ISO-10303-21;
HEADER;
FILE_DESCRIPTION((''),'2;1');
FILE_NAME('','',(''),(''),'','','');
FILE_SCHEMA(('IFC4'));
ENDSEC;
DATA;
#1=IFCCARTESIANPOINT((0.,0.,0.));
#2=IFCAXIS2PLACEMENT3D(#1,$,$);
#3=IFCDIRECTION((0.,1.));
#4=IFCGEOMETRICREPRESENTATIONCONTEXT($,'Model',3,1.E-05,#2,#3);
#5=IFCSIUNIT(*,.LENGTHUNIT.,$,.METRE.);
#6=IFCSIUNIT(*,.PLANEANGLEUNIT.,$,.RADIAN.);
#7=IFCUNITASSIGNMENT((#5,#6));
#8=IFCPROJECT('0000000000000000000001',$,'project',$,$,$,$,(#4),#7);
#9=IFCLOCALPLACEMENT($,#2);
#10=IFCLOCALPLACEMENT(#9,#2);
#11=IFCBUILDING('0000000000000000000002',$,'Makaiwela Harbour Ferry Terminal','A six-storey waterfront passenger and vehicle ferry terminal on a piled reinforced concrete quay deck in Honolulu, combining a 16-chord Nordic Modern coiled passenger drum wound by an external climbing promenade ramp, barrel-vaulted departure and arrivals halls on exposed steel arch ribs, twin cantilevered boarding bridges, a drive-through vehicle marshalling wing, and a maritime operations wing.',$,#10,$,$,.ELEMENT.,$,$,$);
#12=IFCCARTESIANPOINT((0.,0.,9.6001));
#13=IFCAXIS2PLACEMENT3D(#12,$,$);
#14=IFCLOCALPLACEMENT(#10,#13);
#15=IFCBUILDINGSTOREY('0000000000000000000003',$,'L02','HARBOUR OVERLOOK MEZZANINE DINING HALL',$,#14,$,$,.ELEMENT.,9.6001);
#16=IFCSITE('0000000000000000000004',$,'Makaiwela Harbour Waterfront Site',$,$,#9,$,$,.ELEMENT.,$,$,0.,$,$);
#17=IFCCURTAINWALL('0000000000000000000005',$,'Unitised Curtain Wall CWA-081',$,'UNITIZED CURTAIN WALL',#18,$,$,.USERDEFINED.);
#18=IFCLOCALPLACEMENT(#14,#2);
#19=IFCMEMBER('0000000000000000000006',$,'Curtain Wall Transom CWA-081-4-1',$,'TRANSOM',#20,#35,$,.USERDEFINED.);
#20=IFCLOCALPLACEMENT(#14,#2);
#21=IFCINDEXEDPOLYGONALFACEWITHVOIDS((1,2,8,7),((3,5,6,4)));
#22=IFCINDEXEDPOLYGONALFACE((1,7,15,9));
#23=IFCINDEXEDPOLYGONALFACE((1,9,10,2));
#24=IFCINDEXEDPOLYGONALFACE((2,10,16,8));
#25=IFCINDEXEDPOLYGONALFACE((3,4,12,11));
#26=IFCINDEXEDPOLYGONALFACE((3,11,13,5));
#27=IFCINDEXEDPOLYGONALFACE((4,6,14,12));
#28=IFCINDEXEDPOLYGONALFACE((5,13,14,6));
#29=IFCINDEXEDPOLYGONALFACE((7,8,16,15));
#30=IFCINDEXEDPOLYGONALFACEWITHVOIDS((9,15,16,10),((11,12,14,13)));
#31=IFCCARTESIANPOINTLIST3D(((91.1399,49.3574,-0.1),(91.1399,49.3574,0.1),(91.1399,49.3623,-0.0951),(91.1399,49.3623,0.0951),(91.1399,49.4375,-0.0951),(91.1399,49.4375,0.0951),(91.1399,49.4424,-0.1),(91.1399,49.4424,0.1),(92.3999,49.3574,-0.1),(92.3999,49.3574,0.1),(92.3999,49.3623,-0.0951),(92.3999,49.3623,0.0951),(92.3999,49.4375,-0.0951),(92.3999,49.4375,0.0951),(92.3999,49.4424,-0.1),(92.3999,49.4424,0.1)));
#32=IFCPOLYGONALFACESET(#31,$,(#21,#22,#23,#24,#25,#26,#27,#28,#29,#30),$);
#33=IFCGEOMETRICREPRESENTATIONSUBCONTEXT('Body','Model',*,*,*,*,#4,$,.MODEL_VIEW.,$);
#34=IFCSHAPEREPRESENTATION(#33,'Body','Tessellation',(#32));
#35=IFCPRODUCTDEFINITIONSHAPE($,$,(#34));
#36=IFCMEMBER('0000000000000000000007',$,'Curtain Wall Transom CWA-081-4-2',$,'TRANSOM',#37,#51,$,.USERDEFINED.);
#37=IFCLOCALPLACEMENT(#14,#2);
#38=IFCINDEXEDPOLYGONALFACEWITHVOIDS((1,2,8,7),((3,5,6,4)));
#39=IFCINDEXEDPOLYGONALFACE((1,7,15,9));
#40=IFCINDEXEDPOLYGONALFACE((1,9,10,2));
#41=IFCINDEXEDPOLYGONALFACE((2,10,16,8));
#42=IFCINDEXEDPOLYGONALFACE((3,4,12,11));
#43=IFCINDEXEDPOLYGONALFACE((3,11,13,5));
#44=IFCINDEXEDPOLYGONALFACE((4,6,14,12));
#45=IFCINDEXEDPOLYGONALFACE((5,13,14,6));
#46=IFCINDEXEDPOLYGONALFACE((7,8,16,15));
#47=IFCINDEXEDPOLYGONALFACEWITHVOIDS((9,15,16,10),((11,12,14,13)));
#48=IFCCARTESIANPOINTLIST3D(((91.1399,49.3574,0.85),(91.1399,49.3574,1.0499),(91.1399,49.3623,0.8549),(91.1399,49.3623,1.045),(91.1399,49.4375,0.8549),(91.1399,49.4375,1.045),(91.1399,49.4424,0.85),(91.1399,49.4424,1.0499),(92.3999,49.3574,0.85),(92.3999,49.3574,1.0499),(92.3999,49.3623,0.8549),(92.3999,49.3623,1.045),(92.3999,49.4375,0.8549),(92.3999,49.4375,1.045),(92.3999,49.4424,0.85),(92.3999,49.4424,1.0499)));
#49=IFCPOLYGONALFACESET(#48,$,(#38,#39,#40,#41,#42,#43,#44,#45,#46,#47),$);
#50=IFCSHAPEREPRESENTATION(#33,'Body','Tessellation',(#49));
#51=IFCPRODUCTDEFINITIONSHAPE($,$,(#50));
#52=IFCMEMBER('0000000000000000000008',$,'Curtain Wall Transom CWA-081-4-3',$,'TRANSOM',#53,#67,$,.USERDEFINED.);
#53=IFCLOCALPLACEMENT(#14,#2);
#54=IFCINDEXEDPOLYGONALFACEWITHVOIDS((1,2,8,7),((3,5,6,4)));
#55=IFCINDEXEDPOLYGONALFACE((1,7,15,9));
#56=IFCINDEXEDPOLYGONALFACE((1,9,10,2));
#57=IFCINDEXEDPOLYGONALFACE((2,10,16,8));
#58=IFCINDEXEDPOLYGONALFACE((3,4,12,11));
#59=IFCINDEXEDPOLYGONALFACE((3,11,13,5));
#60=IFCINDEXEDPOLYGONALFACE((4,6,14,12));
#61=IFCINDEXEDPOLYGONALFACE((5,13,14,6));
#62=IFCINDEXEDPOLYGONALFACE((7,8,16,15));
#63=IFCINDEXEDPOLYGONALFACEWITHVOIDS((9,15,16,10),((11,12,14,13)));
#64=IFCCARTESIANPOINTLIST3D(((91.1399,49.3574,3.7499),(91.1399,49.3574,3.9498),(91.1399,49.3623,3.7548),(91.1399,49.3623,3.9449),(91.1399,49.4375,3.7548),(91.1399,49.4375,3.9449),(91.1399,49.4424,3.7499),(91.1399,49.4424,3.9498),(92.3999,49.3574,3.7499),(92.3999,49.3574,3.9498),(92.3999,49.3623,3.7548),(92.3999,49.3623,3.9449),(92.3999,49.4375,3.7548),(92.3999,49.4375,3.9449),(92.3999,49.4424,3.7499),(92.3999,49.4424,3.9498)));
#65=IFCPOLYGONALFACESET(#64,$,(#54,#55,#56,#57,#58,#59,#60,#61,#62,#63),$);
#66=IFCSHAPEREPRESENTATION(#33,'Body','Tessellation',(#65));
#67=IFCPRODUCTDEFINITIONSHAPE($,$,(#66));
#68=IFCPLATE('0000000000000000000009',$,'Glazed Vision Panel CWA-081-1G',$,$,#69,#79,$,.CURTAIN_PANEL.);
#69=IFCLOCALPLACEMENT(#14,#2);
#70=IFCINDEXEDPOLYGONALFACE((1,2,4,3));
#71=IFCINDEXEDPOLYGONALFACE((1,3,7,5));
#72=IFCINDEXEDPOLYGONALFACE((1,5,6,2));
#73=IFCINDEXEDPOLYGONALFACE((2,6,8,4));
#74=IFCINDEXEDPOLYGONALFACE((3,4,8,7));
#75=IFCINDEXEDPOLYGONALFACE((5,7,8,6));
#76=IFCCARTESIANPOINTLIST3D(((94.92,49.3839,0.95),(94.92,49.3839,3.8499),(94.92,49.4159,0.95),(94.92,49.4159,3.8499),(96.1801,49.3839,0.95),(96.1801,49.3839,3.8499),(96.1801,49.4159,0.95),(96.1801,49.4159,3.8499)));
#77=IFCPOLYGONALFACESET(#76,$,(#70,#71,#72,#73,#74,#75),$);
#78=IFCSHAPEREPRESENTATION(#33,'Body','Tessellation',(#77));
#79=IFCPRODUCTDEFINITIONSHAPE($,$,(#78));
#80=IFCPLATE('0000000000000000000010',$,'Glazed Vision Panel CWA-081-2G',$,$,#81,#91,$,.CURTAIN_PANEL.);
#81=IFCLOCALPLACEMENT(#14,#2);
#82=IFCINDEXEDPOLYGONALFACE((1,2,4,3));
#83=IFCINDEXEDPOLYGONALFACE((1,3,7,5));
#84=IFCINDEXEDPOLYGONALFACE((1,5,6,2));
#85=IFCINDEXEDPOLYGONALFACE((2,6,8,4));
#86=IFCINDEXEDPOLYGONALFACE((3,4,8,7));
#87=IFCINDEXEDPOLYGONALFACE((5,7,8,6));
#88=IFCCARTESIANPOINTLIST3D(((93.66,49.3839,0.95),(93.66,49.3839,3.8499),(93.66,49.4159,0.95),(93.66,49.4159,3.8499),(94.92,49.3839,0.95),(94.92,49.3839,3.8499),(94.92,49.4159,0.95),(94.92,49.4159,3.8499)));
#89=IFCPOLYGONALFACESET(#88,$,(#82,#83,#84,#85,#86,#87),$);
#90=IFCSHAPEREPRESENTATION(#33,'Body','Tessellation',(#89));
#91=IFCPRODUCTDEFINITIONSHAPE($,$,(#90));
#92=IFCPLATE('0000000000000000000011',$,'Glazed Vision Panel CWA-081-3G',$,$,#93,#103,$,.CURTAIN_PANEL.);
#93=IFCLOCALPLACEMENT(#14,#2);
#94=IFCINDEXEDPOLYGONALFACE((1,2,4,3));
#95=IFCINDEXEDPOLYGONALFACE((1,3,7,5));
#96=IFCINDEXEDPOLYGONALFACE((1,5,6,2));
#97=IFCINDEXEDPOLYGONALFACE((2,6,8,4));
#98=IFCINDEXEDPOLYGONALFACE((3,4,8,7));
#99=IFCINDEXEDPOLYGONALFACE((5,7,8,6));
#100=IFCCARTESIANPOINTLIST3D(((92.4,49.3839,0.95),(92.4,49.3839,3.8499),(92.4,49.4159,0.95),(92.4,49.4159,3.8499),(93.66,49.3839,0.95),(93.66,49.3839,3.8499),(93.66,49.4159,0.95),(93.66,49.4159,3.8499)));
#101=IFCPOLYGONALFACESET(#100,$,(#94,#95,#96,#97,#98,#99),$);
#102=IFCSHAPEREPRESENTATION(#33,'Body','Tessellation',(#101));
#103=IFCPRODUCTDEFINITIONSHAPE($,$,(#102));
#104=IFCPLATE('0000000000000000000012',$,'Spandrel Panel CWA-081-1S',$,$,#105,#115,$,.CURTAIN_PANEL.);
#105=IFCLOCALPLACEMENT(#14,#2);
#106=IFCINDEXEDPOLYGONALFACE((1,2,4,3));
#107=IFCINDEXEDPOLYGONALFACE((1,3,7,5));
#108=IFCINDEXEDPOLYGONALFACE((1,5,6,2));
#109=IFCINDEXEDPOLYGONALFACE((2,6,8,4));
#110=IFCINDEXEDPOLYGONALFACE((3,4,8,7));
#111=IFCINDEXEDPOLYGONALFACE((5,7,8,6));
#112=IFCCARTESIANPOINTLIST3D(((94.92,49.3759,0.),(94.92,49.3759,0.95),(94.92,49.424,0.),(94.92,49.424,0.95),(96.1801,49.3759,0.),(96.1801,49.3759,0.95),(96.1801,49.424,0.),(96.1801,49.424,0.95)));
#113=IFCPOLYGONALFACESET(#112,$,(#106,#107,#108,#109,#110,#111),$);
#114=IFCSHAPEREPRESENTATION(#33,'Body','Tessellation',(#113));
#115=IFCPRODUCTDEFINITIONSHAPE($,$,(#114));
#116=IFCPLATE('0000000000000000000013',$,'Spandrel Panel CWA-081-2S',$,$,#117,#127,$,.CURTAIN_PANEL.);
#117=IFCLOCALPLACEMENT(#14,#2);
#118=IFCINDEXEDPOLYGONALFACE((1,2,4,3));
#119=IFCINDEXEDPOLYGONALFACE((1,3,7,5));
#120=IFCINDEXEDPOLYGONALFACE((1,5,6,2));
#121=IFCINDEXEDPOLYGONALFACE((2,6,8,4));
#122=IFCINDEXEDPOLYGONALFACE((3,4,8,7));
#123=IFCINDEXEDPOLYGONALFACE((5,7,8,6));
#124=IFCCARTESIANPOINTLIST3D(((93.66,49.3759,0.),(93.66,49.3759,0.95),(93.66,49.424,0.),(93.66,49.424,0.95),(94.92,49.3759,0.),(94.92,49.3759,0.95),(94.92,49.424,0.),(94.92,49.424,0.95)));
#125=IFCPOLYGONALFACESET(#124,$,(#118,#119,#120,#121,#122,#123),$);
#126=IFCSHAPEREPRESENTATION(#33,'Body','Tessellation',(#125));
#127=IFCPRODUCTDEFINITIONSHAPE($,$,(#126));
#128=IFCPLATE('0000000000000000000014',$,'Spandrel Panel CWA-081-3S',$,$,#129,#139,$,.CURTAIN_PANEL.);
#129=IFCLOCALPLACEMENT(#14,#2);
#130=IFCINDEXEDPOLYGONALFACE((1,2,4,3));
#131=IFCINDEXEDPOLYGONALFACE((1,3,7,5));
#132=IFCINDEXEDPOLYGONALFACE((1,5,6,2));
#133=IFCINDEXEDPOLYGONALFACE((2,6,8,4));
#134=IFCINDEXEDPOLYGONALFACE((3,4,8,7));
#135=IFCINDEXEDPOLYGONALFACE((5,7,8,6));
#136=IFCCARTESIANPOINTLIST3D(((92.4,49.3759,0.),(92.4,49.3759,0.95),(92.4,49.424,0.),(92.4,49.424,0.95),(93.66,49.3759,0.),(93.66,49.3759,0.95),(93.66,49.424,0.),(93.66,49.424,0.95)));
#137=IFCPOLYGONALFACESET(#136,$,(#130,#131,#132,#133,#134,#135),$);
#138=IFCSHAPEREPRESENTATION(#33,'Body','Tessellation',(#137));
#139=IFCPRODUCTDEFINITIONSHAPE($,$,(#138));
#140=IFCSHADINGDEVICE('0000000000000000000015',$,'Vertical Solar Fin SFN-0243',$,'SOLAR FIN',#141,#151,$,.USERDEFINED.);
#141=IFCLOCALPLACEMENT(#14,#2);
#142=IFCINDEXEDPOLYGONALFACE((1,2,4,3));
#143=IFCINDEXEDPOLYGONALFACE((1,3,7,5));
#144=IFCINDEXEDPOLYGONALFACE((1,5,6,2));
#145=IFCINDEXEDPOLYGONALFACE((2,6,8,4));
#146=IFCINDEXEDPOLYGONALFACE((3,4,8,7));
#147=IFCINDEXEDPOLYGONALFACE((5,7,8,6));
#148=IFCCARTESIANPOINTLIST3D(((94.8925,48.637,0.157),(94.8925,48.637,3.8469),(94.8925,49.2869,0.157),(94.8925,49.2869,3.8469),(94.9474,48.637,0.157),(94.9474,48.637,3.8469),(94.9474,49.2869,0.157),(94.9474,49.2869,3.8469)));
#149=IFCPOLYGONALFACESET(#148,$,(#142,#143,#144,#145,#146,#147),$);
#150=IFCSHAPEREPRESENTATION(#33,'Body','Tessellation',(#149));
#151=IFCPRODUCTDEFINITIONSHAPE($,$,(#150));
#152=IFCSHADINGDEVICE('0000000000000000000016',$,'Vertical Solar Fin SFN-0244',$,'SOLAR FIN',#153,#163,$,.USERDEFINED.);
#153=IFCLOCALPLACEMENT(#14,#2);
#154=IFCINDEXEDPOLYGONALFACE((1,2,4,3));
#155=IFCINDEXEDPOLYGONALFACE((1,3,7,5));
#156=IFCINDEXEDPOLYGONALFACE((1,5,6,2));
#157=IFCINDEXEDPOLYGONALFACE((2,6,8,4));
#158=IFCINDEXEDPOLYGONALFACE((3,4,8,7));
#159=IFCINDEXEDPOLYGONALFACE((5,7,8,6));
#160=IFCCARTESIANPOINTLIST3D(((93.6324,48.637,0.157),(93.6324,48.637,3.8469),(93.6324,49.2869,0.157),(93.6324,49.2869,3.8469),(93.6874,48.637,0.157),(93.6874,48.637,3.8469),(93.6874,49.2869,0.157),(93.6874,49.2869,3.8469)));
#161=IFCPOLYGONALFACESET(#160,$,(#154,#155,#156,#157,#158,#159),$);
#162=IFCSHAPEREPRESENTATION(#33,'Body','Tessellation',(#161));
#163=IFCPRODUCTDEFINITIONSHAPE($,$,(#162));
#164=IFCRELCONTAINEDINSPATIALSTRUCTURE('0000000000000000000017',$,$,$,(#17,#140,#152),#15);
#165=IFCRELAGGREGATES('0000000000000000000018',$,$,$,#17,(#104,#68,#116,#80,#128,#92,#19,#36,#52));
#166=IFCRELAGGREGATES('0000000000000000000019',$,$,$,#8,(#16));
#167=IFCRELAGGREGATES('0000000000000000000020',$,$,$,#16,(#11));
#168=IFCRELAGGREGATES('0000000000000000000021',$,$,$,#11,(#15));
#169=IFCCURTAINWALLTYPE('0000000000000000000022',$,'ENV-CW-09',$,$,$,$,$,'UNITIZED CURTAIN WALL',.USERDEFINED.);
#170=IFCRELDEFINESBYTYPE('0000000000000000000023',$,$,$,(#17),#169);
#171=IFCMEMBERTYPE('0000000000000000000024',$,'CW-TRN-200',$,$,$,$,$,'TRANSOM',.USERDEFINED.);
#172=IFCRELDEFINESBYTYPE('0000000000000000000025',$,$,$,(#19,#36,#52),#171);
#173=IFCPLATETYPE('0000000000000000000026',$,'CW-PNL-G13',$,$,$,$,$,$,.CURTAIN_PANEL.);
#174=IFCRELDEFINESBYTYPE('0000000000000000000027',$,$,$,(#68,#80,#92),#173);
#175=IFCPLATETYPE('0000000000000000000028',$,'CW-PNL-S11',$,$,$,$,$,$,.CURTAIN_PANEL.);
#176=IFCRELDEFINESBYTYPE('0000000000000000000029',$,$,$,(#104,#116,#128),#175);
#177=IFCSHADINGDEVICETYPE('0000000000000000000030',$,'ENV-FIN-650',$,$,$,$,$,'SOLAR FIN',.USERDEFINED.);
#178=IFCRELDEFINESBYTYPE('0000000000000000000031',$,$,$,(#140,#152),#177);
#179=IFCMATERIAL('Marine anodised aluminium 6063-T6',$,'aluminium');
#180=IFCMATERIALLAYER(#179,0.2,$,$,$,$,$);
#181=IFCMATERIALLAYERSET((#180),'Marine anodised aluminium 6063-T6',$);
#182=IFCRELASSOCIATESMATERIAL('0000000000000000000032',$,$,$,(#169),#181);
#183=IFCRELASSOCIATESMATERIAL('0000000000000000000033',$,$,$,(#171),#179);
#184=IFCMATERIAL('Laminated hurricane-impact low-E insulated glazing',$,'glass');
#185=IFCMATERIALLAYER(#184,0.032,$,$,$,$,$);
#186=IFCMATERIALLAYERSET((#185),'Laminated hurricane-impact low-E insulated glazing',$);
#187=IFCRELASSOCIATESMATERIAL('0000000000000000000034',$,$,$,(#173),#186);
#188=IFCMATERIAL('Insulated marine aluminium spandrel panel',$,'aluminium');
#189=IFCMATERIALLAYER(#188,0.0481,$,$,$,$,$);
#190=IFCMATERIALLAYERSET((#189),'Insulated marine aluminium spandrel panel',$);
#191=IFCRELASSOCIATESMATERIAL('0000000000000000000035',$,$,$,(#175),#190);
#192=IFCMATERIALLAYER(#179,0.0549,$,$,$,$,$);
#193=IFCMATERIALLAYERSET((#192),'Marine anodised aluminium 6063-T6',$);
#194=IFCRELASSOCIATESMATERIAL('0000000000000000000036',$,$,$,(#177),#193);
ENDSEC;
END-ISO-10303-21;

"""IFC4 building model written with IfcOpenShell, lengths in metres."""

from ifc_helpers import new_model, si_unit, direction, frame, origin, origin_2d, place, context, subcontext, project, spatial, rectangle, hollow_rectangle, extrude, material, layer, layer_set, material_profile, profile_set, type_object, element, aggregate, save


model = new_model("IFC4")

# Units and contexts
model_context = context("Model", 3, precision=1e-05, world=origin(), true_north=direction((0.0, 1.0)))
body_context = subcontext(model_context, "Body", "Model", "MODEL_VIEW")
ifc_project = project(units=[si_unit("LENGTHUNIT", "METRE"), si_unit("PLANEANGLEUNIT", "RADIAN")], contexts=[model_context])

# Site, building, storey
site_placement = place(None, origin())
site = spatial("IfcSite", under=ifc_project, at=site_placement, Name="Makaiwela Harbour Waterfront Site", CompositionType="ELEMENT", RefElevation=0.0)
building_placement = place(site_placement, origin())
building = spatial("IfcBuilding", under=site, at=building_placement, Name="Makaiwela Harbour Ferry Terminal", Description="A six-storey waterfront passenger and vehicle ferry terminal on a piled reinforced concrete quay deck in Honolulu, combining a 16-chord Nordic Modern coiled passenger drum wound by an external climbing promenade ramp, barrel-vaulted departure and arrivals halls on exposed steel arch ribs, twin cantilevered boarding bridges, a drive-through vehicle marshalling wing, and a maritime operations wing.", CompositionType="ELEMENT")
storey_placement = place(building_placement, frame((0.0, 0.0, 9.6001)))
storey = spatial("IfcBuildingStorey", under=building, at=storey_placement, Name="L02", Description="HARBOUR OVERLOOK MEZZANINE DINING HALL", CompositionType="ELEMENT", Elevation=9.6001)

# Curtain wall, members, plates
ifc_material_1 = material(Name="Marine anodised aluminium 6063-T6", Category="aluminium")
ifc_layer_1 = layer(ifc_material_1, 0.2)
ifc_layer_set_1 = layer_set([ifc_layer_1], Name="Marine anodised aluminium 6063-T6")
curtain_wall_type = type_object("IfcCurtainWallType", Name="ENV-CW-09", ElementType="UNITIZED CURTAIN WALL", PredefinedType="USERDEFINED", material=ifc_layer_set_1)
curtain_wall_placement = place(storey_placement, origin())
curtain_wall = element("IfcCurtainWall", 1, at=curtain_wall_placement, inside=storey, type_object=curtain_wall_type, Name="Unitised Curtain Wall CWA-081", ObjectType="UNITIZED CURTAIN WALL", PredefinedType="USERDEFINED")
ifc_material_profile_1 = material_profile(ifc_material_1, hollow_rectangle(XDim=0.085, YDim=0.2, WallThickness=0.0049, at=origin_2d()), Name="CWT-200X85")
ifc_profile_set_1 = profile_set([ifc_material_profile_1], Name="Marine anodised aluminium 6063-T6")
member_type_1 = type_object("IfcMemberType", Name="CW-TRN-200", ElementType="TRANSOM", PredefinedType="USERDEFINED", material=ifc_profile_set_1)
member_1_placement = place(storey_placement, frame((92.3999, 49.3999, 0.0), z_axis=(-1.0, 0.0, 0.0), x_axis=(0.0, -1.0, 0.0)))
member_1 = element("IfcMember", 2, at=member_1_placement, type_object=member_type_1, Name="Curtain Wall Transom CWA-081-4-1", ObjectType="TRANSOM", PredefinedType="USERDEFINED", context=body_context, shape_type="SweptSolid", body=[
    extrude(hollow_rectangle(XDim=0.085, YDim=0.2, WallThickness=0.0049, at=origin_2d()), origin(), (0.0, 0.0, 1.0), 1.26),
])
member_2_placement = place(storey_placement, frame((92.3999, 49.3999, 0.95), z_axis=(-1.0, 0.0, 0.0), x_axis=(0.0, -1.0, 0.0)))
member_2 = element("IfcMember", 3, at=member_2_placement, type_object=member_type_1, Name="Curtain Wall Transom CWA-081-4-2", ObjectType="TRANSOM", PredefinedType="USERDEFINED", context=body_context, shape_type="SweptSolid", body=[
    extrude(hollow_rectangle(XDim=0.085, YDim=0.2, WallThickness=0.0049, at=origin_2d()), origin(), (0.0, 0.0, 1.0), 1.26),
])
member_3_placement = place(storey_placement, frame((92.3999, 49.3999, 3.8499), z_axis=(-1.0, 0.0, 0.0), x_axis=(0.0, -1.0, 0.0)))
member_3 = element("IfcMember", 4, at=member_3_placement, type_object=member_type_1, Name="Curtain Wall Transom CWA-081-4-3", ObjectType="TRANSOM", PredefinedType="USERDEFINED", context=body_context, shape_type="SweptSolid", body=[
    extrude(hollow_rectangle(XDim=0.085, YDim=0.2, WallThickness=0.0049, at=origin_2d()), origin(), (0.0, 0.0, 1.0), 1.26),
])
ifc_material_2 = material(Name="Laminated hurricane-impact low-E insulated glazing", Category="glass")
ifc_layer_2 = layer(ifc_material_2, 0.032)
ifc_layer_set_2 = layer_set([ifc_layer_2], Name="Laminated hurricane-impact low-E insulated glazing")
plate_type_1 = type_object("IfcPlateType", Name="CW-PNL-G13", PredefinedType="CURTAIN_PANEL", material=ifc_layer_set_2)
plate_1_placement = place(storey_placement, frame((95.55, 49.3999, 0.95), z_axis=(0.0, 0.0, 1.0), x_axis=(-1.0, 0.0, 0.0)))
plate_1 = element("IfcPlate", 5, at=plate_1_placement, type_object=plate_type_1, Name="Glazed Vision Panel CWA-081-1G", PredefinedType="CURTAIN_PANEL", context=body_context, shape_type="SweptSolid", body=[
    extrude(rectangle(XDim=1.26, YDim=0.032, at=origin_2d()), origin(), (0.0, 0.0, 1.0), 2.8999),
])
plate_2_placement = place(storey_placement, frame((94.29, 49.3999, 0.95), z_axis=(0.0, 0.0, 1.0), x_axis=(-1.0, 0.0, 0.0)))
plate_2 = element("IfcPlate", 6, at=plate_2_placement, type_object=plate_type_1, Name="Glazed Vision Panel CWA-081-2G", PredefinedType="CURTAIN_PANEL", context=body_context, shape_type="SweptSolid", body=[
    extrude(rectangle(XDim=1.26, YDim=0.032, at=origin_2d()), origin(), (0.0, 0.0, 1.0), 2.8999),
])
plate_3_placement = place(storey_placement, frame((93.03, 49.3999, 0.95), z_axis=(0.0, 0.0, 1.0), x_axis=(-1.0, 0.0, 0.0)))
plate_3 = element("IfcPlate", 7, at=plate_3_placement, type_object=plate_type_1, Name="Glazed Vision Panel CWA-081-3G", PredefinedType="CURTAIN_PANEL", context=body_context, shape_type="SweptSolid", body=[
    extrude(rectangle(XDim=1.26, YDim=0.032, at=origin_2d()), origin(), (0.0, 0.0, 1.0), 2.8999),
])
ifc_material_3 = material(Name="Insulated marine aluminium spandrel panel", Category="aluminium")
ifc_layer_3 = layer(ifc_material_3, 0.0481)
ifc_layer_set_3 = layer_set([ifc_layer_3], Name="Insulated marine aluminium spandrel panel")
plate_type_2 = type_object("IfcPlateType", Name="CW-PNL-S11", PredefinedType="CURTAIN_PANEL", material=ifc_layer_set_3)
plate_4_placement = place(storey_placement, frame((95.55, 49.3999, 0.0), z_axis=(0.0, 0.0, 1.0), x_axis=(-1.0, 0.0, 0.0)))
plate_4 = element("IfcPlate", 8, at=plate_4_placement, type_object=plate_type_2, Name="Spandrel Panel CWA-081-1S", PredefinedType="CURTAIN_PANEL", context=body_context, shape_type="SweptSolid", body=[
    extrude(rectangle(XDim=1.26, YDim=0.0481, at=origin_2d()), origin(), (0.0, 0.0, 1.0), 0.95),
])
plate_5_placement = place(storey_placement, frame((94.29, 49.3999, 0.0), z_axis=(0.0, 0.0, 1.0), x_axis=(-1.0, 0.0, 0.0)))
plate_5 = element("IfcPlate", 9, at=plate_5_placement, type_object=plate_type_2, Name="Spandrel Panel CWA-081-2S", PredefinedType="CURTAIN_PANEL", context=body_context, shape_type="SweptSolid", body=[
    extrude(rectangle(XDim=1.26, YDim=0.0481, at=origin_2d()), origin(), (0.0, 0.0, 1.0), 0.95),
])
plate_6_placement = place(storey_placement, frame((93.03, 49.3999, 0.0), z_axis=(0.0, 0.0, 1.0), x_axis=(-1.0, 0.0, 0.0)))
plate_6 = element("IfcPlate", 10, at=plate_6_placement, type_object=plate_type_2, Name="Spandrel Panel CWA-081-3S", PredefinedType="CURTAIN_PANEL", context=body_context, shape_type="SweptSolid", body=[
    extrude(rectangle(XDim=1.26, YDim=0.0481, at=origin_2d()), origin(), (0.0, 0.0, 1.0), 0.95),
])
aggregate(curtain_wall, [plate_4, plate_1, plate_5, plate_2, plate_6, plate_3, member_1, member_2, member_3])

# Shading devices
ifc_layer_4 = layer(ifc_material_1, 0.0549)
ifc_layer_set_4 = layer_set([ifc_layer_4], Name="Marine anodised aluminium 6063-T6")
shading_device_type = type_object("IfcShadingDeviceType", Name="ENV-FIN-650", ElementType="SOLAR FIN", PredefinedType="USERDEFINED", material=ifc_layer_set_4)
for number, where, z_axis, x_axis, name in (
    (11, (94.9199, 48.9619, 0.157), (0.0, 0.0, 1.0), (0.0, -1.0, 0.0), "Vertical Solar Fin SFN-0243"),
    (12, (93.6599, 48.9619, 0.157), (0.0, 0.0, 1.0), (0.0, -1.0, 0.0), "Vertical Solar Fin SFN-0244"),
):
    element("IfcShadingDevice", number, at=place(storey_placement, frame(where, z_axis=z_axis, x_axis=x_axis)), inside=storey, type_object=shading_device_type, Name=name, ObjectType="SOLAR FIN", PredefinedType="USERDEFINED", context=body_context, shape_type="SweptSolid", body=[
        extrude(rectangle(XDim=0.6499, YDim=0.0549, at=origin_2d()), origin(), (0.0, 0.0, 1.0), 3.6899),
    ])

save(model, "model.ifc")
